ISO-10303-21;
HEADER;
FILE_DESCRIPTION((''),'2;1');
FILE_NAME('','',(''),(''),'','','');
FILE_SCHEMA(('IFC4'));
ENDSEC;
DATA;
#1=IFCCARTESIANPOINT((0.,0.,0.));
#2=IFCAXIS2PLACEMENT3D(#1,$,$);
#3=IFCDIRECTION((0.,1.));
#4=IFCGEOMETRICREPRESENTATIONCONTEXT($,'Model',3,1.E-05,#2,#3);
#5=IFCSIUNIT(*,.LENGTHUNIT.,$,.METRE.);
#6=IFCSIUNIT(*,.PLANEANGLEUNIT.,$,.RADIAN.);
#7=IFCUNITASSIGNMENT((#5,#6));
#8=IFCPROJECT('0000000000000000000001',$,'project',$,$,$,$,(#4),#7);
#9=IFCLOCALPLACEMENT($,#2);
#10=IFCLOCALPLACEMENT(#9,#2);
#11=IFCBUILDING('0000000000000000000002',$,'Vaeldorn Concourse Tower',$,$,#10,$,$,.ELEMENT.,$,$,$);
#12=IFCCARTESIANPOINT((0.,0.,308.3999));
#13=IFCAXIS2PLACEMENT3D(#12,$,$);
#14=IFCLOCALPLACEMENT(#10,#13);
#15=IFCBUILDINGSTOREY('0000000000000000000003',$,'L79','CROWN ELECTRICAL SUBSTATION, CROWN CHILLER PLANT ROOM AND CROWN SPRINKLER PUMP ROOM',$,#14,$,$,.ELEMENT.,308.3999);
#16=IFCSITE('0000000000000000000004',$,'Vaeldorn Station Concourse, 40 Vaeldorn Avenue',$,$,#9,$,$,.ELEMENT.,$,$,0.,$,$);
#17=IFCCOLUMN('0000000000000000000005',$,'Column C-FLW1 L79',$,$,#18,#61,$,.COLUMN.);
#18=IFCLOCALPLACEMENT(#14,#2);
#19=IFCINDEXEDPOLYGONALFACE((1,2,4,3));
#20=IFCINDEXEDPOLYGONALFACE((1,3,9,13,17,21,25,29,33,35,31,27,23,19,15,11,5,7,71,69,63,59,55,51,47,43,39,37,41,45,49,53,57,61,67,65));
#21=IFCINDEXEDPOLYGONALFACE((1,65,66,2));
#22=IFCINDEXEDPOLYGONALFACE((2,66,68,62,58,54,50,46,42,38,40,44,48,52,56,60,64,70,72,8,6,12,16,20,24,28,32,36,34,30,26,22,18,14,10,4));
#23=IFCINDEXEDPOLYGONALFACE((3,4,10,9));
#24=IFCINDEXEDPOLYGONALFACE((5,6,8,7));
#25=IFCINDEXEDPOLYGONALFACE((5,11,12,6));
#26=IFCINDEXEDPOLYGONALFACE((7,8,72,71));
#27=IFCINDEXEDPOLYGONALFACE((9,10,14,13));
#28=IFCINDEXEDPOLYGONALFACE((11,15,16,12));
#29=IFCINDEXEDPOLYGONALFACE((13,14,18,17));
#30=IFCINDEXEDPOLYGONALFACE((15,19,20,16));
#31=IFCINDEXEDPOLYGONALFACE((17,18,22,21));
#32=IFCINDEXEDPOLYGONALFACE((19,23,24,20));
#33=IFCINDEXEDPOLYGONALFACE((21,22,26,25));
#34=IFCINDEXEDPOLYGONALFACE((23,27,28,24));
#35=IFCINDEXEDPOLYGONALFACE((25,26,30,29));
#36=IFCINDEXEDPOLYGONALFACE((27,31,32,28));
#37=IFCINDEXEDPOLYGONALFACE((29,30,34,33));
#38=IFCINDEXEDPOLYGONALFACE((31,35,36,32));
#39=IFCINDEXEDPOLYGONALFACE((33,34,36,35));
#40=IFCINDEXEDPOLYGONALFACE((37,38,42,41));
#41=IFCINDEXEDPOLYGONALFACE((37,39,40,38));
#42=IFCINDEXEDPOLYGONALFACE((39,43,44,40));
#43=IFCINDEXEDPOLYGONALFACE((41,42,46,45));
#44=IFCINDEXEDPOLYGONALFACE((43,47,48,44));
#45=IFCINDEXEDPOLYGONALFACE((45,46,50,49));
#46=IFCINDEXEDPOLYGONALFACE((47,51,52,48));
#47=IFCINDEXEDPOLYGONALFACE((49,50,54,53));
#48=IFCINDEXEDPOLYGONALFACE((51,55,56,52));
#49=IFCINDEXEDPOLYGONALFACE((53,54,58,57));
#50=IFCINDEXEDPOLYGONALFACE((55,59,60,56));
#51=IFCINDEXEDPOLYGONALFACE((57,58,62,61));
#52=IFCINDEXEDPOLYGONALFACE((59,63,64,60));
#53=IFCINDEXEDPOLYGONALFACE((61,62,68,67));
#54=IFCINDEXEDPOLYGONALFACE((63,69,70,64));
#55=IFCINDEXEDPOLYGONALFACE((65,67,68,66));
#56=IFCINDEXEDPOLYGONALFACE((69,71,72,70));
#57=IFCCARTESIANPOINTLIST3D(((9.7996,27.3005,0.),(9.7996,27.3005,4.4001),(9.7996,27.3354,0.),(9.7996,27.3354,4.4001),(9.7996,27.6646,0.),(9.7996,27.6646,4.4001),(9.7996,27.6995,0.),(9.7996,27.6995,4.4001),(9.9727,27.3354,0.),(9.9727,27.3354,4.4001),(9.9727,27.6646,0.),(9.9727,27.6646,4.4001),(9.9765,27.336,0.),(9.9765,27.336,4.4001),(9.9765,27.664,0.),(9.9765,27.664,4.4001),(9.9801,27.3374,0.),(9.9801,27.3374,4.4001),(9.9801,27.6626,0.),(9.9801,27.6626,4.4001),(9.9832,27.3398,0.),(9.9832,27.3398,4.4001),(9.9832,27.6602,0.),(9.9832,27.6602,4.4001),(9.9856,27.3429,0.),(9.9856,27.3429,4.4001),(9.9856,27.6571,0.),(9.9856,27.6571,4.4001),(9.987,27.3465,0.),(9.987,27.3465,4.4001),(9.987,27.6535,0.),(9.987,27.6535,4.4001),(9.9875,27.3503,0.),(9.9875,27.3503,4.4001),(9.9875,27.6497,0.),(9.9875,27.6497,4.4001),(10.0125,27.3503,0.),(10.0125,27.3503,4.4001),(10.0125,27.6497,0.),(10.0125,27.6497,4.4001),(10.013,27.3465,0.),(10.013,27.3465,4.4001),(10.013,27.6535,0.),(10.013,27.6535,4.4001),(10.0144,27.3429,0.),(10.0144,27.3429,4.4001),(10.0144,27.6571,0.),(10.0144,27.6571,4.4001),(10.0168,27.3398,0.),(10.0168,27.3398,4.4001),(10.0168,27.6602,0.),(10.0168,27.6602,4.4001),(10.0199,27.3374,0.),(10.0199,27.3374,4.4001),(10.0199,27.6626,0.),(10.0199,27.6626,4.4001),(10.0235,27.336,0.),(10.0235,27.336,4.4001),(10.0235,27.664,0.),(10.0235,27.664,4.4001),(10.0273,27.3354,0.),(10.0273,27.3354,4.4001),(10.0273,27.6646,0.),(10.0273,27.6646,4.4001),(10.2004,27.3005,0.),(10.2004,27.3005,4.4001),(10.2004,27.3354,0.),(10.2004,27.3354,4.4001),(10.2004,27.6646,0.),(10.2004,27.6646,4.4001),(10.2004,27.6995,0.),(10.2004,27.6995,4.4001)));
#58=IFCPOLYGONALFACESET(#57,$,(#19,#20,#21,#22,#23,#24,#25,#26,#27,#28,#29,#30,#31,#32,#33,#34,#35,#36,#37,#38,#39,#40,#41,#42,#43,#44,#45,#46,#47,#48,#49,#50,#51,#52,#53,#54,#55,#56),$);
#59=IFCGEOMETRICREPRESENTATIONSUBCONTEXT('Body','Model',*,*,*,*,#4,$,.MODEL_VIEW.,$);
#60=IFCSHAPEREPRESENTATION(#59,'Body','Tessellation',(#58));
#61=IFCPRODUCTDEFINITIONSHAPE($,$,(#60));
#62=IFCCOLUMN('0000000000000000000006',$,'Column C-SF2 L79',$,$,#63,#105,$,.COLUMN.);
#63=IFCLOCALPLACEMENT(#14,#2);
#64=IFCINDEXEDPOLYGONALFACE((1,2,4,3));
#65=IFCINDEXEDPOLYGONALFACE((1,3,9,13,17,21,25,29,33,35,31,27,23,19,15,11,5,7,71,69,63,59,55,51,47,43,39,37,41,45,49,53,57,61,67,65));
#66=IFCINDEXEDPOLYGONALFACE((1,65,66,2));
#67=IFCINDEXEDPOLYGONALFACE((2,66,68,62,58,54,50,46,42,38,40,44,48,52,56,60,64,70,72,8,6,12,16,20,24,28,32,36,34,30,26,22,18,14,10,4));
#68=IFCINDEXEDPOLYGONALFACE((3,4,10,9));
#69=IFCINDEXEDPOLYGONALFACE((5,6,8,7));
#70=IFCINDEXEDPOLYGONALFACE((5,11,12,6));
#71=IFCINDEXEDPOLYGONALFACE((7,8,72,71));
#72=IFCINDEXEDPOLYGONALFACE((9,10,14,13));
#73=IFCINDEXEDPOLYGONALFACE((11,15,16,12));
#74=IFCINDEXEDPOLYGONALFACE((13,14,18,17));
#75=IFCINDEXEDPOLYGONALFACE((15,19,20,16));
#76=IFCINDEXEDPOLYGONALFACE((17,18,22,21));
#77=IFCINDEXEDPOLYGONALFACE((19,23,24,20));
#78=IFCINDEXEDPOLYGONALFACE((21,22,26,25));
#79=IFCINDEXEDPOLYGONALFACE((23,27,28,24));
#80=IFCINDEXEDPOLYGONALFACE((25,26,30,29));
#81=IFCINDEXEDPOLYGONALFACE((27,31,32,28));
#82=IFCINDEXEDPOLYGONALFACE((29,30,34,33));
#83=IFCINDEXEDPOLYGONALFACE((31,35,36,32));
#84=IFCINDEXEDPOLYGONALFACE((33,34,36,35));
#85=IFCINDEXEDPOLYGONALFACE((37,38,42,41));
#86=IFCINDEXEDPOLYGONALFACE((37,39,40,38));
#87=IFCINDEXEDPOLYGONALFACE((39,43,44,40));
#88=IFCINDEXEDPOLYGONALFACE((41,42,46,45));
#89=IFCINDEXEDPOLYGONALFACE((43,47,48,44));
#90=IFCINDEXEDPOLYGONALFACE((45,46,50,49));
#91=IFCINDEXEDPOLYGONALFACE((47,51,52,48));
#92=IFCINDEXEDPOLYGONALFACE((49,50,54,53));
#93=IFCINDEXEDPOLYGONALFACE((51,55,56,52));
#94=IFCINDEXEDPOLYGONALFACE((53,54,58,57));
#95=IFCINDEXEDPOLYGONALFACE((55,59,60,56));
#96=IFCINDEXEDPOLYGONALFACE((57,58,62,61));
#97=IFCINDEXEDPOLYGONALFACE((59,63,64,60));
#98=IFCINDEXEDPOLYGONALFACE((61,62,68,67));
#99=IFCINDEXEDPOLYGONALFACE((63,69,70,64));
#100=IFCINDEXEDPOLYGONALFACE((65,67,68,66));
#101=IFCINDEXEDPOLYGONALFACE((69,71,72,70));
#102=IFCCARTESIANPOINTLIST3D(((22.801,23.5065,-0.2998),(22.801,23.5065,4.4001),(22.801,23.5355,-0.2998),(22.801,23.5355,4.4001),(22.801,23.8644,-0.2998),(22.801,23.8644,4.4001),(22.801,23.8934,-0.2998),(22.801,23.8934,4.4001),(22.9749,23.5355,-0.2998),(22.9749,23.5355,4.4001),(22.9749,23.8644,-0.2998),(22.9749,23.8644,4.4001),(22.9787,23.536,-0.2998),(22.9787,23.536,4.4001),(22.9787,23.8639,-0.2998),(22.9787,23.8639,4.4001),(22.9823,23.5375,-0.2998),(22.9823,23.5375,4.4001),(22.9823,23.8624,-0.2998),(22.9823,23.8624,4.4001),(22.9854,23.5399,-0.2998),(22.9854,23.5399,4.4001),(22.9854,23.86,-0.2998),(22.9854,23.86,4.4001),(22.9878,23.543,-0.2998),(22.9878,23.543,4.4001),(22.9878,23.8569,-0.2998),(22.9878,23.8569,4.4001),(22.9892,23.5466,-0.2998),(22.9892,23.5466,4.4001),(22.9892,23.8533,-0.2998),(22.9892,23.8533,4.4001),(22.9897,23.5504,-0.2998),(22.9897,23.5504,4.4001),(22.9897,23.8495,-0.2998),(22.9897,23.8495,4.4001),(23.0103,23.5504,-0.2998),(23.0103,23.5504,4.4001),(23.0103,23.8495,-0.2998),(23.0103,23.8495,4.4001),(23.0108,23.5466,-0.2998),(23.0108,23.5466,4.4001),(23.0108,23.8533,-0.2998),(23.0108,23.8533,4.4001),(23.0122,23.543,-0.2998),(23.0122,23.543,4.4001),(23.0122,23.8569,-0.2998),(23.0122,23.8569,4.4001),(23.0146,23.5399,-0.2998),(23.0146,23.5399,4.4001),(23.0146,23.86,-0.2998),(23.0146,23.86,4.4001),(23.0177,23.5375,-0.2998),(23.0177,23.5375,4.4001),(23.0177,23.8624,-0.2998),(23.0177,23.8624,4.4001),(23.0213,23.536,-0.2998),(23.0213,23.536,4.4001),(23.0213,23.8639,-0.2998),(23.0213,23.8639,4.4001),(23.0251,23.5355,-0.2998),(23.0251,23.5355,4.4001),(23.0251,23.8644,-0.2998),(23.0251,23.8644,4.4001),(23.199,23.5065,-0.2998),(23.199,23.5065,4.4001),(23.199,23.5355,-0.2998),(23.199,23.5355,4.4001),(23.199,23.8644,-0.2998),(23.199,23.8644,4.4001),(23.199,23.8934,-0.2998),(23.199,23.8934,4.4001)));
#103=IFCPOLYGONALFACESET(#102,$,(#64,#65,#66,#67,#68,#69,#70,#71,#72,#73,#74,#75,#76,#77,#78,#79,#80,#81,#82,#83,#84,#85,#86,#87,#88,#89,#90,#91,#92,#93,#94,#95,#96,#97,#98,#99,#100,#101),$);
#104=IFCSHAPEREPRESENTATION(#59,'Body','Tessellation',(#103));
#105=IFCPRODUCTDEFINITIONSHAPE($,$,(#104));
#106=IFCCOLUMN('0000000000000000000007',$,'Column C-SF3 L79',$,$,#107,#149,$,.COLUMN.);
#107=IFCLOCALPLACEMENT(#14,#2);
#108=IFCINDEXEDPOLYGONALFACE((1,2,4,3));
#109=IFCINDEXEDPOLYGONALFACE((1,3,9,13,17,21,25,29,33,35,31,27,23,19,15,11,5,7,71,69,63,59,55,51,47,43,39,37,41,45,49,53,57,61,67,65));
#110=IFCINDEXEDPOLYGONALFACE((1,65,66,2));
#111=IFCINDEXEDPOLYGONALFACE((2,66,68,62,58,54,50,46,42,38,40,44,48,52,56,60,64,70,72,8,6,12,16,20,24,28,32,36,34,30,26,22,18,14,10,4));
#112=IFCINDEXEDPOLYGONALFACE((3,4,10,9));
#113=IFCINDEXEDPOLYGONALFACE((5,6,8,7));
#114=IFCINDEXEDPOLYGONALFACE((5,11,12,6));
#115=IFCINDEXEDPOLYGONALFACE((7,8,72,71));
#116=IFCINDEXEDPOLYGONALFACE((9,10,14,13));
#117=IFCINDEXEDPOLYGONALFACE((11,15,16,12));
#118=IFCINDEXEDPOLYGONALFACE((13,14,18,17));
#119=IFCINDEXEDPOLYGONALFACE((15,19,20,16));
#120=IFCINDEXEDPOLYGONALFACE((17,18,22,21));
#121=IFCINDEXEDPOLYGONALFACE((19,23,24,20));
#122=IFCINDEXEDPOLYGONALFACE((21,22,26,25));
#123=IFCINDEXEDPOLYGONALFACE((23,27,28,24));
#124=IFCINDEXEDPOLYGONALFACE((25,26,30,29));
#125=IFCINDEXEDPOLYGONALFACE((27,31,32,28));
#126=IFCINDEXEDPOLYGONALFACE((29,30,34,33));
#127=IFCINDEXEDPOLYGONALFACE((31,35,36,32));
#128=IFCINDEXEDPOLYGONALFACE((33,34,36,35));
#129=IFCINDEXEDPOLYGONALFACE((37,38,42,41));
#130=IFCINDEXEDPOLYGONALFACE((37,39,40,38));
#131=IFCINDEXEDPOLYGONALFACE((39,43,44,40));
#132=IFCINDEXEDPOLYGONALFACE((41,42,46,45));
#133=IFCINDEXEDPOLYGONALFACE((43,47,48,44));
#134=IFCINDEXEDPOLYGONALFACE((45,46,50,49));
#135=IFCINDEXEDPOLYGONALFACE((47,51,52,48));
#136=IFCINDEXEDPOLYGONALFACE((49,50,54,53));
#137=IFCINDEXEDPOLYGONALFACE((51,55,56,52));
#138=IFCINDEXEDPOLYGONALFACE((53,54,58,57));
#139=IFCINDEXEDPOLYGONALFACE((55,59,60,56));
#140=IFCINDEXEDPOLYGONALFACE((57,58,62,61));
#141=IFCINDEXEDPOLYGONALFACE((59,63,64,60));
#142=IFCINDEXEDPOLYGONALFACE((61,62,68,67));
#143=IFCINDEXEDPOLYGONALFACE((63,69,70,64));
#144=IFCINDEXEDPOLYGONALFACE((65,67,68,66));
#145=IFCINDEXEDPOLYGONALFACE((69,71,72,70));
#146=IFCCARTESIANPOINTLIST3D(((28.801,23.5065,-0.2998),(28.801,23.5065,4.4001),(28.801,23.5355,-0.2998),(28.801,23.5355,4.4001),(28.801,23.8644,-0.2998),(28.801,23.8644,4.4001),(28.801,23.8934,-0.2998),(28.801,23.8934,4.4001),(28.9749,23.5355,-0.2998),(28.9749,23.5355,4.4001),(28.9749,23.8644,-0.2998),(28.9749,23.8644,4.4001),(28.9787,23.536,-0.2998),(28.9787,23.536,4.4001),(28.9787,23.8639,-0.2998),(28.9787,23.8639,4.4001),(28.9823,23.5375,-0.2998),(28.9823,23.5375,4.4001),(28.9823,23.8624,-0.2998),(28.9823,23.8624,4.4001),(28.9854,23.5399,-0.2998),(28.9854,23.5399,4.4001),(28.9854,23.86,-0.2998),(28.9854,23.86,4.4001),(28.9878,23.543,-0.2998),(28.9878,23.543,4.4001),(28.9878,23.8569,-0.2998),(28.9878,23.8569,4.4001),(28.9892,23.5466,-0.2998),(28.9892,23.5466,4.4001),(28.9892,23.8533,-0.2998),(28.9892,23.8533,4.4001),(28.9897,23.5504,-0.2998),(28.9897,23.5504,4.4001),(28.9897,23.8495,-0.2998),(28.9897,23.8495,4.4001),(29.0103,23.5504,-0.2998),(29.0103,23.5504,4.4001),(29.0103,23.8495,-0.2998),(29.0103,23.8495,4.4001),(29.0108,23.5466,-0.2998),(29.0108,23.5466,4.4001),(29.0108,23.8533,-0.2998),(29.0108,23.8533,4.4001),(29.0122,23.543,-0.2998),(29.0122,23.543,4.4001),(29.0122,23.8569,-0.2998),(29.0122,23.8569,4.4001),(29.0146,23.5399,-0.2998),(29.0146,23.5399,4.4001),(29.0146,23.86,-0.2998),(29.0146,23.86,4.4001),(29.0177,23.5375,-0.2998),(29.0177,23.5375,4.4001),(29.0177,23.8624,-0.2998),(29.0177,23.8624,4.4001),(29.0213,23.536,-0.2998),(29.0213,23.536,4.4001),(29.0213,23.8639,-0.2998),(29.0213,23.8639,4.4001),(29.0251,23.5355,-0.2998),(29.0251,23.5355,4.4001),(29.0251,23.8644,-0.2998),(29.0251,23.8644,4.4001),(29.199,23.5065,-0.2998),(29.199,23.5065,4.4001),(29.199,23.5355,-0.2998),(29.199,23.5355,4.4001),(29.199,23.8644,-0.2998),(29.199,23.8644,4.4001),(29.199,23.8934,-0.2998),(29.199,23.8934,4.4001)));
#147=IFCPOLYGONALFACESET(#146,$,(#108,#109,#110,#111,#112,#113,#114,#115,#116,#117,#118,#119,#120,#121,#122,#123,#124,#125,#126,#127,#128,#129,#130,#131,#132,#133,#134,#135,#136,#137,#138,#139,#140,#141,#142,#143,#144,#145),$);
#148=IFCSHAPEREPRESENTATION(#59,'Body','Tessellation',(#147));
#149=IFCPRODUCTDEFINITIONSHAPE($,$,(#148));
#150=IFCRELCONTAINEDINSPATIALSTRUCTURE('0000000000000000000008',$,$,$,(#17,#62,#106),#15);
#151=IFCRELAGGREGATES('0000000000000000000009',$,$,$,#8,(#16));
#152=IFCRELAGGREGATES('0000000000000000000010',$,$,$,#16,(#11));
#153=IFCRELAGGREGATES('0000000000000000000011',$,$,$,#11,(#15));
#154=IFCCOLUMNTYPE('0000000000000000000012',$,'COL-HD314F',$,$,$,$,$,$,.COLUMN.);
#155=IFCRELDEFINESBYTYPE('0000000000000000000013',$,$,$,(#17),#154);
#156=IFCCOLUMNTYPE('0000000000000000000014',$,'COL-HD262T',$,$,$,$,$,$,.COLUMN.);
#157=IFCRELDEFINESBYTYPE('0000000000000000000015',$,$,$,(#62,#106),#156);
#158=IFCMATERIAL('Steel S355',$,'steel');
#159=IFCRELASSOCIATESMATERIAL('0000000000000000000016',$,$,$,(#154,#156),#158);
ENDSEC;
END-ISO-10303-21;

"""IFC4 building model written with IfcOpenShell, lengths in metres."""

from ifc_helpers import new_model, si_unit, direction, frame, origin, origin_2d, place, context, subcontext, project, spatial, i_section, extrude, source, transform, mapped, material, material_profile, profile_set, type_object, element, save


model = new_model("IFC4")

# Units and contexts
model_context = context("Model", 3, precision=1e-05, world=origin(), true_north=direction((0.0, 1.0)))
body_context = subcontext(model_context, "Body", "Model", "MODEL_VIEW")
ifc_project = project(units=[si_unit("LENGTHUNIT", "METRE"), si_unit("PLANEANGLEUNIT", "RADIAN")], contexts=[model_context])

# Site, building, storey
site_placement = place(None, origin())
site = spatial("IfcSite", under=ifc_project, at=site_placement, Name="Vaeldorn Station Concourse, 40 Vaeldorn Avenue", CompositionType="ELEMENT", RefElevation=0.0)
building_placement = place(site_placement, origin())
building = spatial("IfcBuilding", under=site, at=building_placement, Name="Vaeldorn Concourse Tower", CompositionType="ELEMENT")
storey_placement = place(building_placement, frame((0.0, 0.0, 308.3999)))
storey = spatial("IfcBuildingStorey", under=building, at=storey_placement, Name="L79", Description="CROWN ELECTRICAL SUBSTATION, CROWN CHILLER PLANT ROOM AND CROWN SPRINKLER PUMP ROOM", CompositionType="ELEMENT", Elevation=308.3999)

# Columns
ifc_material_1 = material(Name="Steel S355", Category="steel")
ifc_material_profile_1 = material_profile(ifc_material_1, i_section(OverallWidth=0.4009, OverallDepth=0.3989, WebThickness=0.0249, FlangeThickness=0.0349, FilletRadius=0.0149, at=origin_2d()), Name="HD 400x314")
ifc_profile_set_1 = profile_set([ifc_material_profile_1], Name="Steel S355")
column_type_1 = type_object("IfcColumnType", Name="COL-HD314F", PredefinedType="COLUMN", material=ifc_profile_set_1)
shared_shape_1 = source(origin(), body_context, "Body", "SweptSolid", [
    extrude(i_section(OverallWidth=0.4009, OverallDepth=0.3989, WebThickness=0.0249, FlangeThickness=0.0349, FilletRadius=0.0149, at=origin_2d()), origin(), (0.0, 0.0, 1.0), 4.4001),
])
column_placement = place(storey_placement, frame((10.0, 27.5, 0.0), z_axis=(0.0, 0.0, 1.0), x_axis=(1.0, 0.0, 0.0)))
element("IfcColumn", 1, at=column_placement, inside=storey, type_object=column_type_1, Name="Column C-FLW1 L79", PredefinedType="COLUMN", context=body_context, shape_type="MappedRepresentation", body=[
    mapped(shared_shape_1, transform((0.0, 0.0, 0.0), scale=1.0)),
])
ifc_material_profile_2 = material_profile(ifc_material_1, i_section(OverallWidth=0.3979, OverallDepth=0.387, WebThickness=0.0205, FlangeThickness=0.0291, FilletRadius=0.0149, at=origin_2d()), Name="HD 400x262")
ifc_profile_set_2 = profile_set([ifc_material_profile_2], Name="Steel S355")
column_type_2 = type_object("IfcColumnType", Name="COL-HD262T", PredefinedType="COLUMN", material=ifc_profile_set_2)
shared_shape_2 = source(origin(), body_context, "Body", "SweptSolid", [
    extrude(i_section(OverallWidth=0.3979, OverallDepth=0.387, WebThickness=0.0205, FlangeThickness=0.0291, FilletRadius=0.0149, at=origin_2d()), origin(), (0.0, 0.0, 1.0), 4.7),
])
for number, where, z_axis, x_axis, name in (
    (2, (23.0, 23.7, -0.2998), (0.0, 0.0, 1.0), (1.0, 0.0, 0.0), "Column C-SF2 L79"),
    (3, (29.0, 23.7, -0.2998), (0.0, 0.0, 1.0), (1.0, 0.0, 0.0), "Column C-SF3 L79"),
):
    element("IfcColumn", number, at=place(storey_placement, frame(where, z_axis=z_axis, x_axis=x_axis)), inside=storey, type_object=column_type_2, Name=name, PredefinedType="COLUMN", context=body_context, shape_type="MappedRepresentation", body=[
        mapped(shared_shape_2, transform((0.0, 0.0, 0.0), scale=1.0)),
    ])

save(model, "model.ifc")
